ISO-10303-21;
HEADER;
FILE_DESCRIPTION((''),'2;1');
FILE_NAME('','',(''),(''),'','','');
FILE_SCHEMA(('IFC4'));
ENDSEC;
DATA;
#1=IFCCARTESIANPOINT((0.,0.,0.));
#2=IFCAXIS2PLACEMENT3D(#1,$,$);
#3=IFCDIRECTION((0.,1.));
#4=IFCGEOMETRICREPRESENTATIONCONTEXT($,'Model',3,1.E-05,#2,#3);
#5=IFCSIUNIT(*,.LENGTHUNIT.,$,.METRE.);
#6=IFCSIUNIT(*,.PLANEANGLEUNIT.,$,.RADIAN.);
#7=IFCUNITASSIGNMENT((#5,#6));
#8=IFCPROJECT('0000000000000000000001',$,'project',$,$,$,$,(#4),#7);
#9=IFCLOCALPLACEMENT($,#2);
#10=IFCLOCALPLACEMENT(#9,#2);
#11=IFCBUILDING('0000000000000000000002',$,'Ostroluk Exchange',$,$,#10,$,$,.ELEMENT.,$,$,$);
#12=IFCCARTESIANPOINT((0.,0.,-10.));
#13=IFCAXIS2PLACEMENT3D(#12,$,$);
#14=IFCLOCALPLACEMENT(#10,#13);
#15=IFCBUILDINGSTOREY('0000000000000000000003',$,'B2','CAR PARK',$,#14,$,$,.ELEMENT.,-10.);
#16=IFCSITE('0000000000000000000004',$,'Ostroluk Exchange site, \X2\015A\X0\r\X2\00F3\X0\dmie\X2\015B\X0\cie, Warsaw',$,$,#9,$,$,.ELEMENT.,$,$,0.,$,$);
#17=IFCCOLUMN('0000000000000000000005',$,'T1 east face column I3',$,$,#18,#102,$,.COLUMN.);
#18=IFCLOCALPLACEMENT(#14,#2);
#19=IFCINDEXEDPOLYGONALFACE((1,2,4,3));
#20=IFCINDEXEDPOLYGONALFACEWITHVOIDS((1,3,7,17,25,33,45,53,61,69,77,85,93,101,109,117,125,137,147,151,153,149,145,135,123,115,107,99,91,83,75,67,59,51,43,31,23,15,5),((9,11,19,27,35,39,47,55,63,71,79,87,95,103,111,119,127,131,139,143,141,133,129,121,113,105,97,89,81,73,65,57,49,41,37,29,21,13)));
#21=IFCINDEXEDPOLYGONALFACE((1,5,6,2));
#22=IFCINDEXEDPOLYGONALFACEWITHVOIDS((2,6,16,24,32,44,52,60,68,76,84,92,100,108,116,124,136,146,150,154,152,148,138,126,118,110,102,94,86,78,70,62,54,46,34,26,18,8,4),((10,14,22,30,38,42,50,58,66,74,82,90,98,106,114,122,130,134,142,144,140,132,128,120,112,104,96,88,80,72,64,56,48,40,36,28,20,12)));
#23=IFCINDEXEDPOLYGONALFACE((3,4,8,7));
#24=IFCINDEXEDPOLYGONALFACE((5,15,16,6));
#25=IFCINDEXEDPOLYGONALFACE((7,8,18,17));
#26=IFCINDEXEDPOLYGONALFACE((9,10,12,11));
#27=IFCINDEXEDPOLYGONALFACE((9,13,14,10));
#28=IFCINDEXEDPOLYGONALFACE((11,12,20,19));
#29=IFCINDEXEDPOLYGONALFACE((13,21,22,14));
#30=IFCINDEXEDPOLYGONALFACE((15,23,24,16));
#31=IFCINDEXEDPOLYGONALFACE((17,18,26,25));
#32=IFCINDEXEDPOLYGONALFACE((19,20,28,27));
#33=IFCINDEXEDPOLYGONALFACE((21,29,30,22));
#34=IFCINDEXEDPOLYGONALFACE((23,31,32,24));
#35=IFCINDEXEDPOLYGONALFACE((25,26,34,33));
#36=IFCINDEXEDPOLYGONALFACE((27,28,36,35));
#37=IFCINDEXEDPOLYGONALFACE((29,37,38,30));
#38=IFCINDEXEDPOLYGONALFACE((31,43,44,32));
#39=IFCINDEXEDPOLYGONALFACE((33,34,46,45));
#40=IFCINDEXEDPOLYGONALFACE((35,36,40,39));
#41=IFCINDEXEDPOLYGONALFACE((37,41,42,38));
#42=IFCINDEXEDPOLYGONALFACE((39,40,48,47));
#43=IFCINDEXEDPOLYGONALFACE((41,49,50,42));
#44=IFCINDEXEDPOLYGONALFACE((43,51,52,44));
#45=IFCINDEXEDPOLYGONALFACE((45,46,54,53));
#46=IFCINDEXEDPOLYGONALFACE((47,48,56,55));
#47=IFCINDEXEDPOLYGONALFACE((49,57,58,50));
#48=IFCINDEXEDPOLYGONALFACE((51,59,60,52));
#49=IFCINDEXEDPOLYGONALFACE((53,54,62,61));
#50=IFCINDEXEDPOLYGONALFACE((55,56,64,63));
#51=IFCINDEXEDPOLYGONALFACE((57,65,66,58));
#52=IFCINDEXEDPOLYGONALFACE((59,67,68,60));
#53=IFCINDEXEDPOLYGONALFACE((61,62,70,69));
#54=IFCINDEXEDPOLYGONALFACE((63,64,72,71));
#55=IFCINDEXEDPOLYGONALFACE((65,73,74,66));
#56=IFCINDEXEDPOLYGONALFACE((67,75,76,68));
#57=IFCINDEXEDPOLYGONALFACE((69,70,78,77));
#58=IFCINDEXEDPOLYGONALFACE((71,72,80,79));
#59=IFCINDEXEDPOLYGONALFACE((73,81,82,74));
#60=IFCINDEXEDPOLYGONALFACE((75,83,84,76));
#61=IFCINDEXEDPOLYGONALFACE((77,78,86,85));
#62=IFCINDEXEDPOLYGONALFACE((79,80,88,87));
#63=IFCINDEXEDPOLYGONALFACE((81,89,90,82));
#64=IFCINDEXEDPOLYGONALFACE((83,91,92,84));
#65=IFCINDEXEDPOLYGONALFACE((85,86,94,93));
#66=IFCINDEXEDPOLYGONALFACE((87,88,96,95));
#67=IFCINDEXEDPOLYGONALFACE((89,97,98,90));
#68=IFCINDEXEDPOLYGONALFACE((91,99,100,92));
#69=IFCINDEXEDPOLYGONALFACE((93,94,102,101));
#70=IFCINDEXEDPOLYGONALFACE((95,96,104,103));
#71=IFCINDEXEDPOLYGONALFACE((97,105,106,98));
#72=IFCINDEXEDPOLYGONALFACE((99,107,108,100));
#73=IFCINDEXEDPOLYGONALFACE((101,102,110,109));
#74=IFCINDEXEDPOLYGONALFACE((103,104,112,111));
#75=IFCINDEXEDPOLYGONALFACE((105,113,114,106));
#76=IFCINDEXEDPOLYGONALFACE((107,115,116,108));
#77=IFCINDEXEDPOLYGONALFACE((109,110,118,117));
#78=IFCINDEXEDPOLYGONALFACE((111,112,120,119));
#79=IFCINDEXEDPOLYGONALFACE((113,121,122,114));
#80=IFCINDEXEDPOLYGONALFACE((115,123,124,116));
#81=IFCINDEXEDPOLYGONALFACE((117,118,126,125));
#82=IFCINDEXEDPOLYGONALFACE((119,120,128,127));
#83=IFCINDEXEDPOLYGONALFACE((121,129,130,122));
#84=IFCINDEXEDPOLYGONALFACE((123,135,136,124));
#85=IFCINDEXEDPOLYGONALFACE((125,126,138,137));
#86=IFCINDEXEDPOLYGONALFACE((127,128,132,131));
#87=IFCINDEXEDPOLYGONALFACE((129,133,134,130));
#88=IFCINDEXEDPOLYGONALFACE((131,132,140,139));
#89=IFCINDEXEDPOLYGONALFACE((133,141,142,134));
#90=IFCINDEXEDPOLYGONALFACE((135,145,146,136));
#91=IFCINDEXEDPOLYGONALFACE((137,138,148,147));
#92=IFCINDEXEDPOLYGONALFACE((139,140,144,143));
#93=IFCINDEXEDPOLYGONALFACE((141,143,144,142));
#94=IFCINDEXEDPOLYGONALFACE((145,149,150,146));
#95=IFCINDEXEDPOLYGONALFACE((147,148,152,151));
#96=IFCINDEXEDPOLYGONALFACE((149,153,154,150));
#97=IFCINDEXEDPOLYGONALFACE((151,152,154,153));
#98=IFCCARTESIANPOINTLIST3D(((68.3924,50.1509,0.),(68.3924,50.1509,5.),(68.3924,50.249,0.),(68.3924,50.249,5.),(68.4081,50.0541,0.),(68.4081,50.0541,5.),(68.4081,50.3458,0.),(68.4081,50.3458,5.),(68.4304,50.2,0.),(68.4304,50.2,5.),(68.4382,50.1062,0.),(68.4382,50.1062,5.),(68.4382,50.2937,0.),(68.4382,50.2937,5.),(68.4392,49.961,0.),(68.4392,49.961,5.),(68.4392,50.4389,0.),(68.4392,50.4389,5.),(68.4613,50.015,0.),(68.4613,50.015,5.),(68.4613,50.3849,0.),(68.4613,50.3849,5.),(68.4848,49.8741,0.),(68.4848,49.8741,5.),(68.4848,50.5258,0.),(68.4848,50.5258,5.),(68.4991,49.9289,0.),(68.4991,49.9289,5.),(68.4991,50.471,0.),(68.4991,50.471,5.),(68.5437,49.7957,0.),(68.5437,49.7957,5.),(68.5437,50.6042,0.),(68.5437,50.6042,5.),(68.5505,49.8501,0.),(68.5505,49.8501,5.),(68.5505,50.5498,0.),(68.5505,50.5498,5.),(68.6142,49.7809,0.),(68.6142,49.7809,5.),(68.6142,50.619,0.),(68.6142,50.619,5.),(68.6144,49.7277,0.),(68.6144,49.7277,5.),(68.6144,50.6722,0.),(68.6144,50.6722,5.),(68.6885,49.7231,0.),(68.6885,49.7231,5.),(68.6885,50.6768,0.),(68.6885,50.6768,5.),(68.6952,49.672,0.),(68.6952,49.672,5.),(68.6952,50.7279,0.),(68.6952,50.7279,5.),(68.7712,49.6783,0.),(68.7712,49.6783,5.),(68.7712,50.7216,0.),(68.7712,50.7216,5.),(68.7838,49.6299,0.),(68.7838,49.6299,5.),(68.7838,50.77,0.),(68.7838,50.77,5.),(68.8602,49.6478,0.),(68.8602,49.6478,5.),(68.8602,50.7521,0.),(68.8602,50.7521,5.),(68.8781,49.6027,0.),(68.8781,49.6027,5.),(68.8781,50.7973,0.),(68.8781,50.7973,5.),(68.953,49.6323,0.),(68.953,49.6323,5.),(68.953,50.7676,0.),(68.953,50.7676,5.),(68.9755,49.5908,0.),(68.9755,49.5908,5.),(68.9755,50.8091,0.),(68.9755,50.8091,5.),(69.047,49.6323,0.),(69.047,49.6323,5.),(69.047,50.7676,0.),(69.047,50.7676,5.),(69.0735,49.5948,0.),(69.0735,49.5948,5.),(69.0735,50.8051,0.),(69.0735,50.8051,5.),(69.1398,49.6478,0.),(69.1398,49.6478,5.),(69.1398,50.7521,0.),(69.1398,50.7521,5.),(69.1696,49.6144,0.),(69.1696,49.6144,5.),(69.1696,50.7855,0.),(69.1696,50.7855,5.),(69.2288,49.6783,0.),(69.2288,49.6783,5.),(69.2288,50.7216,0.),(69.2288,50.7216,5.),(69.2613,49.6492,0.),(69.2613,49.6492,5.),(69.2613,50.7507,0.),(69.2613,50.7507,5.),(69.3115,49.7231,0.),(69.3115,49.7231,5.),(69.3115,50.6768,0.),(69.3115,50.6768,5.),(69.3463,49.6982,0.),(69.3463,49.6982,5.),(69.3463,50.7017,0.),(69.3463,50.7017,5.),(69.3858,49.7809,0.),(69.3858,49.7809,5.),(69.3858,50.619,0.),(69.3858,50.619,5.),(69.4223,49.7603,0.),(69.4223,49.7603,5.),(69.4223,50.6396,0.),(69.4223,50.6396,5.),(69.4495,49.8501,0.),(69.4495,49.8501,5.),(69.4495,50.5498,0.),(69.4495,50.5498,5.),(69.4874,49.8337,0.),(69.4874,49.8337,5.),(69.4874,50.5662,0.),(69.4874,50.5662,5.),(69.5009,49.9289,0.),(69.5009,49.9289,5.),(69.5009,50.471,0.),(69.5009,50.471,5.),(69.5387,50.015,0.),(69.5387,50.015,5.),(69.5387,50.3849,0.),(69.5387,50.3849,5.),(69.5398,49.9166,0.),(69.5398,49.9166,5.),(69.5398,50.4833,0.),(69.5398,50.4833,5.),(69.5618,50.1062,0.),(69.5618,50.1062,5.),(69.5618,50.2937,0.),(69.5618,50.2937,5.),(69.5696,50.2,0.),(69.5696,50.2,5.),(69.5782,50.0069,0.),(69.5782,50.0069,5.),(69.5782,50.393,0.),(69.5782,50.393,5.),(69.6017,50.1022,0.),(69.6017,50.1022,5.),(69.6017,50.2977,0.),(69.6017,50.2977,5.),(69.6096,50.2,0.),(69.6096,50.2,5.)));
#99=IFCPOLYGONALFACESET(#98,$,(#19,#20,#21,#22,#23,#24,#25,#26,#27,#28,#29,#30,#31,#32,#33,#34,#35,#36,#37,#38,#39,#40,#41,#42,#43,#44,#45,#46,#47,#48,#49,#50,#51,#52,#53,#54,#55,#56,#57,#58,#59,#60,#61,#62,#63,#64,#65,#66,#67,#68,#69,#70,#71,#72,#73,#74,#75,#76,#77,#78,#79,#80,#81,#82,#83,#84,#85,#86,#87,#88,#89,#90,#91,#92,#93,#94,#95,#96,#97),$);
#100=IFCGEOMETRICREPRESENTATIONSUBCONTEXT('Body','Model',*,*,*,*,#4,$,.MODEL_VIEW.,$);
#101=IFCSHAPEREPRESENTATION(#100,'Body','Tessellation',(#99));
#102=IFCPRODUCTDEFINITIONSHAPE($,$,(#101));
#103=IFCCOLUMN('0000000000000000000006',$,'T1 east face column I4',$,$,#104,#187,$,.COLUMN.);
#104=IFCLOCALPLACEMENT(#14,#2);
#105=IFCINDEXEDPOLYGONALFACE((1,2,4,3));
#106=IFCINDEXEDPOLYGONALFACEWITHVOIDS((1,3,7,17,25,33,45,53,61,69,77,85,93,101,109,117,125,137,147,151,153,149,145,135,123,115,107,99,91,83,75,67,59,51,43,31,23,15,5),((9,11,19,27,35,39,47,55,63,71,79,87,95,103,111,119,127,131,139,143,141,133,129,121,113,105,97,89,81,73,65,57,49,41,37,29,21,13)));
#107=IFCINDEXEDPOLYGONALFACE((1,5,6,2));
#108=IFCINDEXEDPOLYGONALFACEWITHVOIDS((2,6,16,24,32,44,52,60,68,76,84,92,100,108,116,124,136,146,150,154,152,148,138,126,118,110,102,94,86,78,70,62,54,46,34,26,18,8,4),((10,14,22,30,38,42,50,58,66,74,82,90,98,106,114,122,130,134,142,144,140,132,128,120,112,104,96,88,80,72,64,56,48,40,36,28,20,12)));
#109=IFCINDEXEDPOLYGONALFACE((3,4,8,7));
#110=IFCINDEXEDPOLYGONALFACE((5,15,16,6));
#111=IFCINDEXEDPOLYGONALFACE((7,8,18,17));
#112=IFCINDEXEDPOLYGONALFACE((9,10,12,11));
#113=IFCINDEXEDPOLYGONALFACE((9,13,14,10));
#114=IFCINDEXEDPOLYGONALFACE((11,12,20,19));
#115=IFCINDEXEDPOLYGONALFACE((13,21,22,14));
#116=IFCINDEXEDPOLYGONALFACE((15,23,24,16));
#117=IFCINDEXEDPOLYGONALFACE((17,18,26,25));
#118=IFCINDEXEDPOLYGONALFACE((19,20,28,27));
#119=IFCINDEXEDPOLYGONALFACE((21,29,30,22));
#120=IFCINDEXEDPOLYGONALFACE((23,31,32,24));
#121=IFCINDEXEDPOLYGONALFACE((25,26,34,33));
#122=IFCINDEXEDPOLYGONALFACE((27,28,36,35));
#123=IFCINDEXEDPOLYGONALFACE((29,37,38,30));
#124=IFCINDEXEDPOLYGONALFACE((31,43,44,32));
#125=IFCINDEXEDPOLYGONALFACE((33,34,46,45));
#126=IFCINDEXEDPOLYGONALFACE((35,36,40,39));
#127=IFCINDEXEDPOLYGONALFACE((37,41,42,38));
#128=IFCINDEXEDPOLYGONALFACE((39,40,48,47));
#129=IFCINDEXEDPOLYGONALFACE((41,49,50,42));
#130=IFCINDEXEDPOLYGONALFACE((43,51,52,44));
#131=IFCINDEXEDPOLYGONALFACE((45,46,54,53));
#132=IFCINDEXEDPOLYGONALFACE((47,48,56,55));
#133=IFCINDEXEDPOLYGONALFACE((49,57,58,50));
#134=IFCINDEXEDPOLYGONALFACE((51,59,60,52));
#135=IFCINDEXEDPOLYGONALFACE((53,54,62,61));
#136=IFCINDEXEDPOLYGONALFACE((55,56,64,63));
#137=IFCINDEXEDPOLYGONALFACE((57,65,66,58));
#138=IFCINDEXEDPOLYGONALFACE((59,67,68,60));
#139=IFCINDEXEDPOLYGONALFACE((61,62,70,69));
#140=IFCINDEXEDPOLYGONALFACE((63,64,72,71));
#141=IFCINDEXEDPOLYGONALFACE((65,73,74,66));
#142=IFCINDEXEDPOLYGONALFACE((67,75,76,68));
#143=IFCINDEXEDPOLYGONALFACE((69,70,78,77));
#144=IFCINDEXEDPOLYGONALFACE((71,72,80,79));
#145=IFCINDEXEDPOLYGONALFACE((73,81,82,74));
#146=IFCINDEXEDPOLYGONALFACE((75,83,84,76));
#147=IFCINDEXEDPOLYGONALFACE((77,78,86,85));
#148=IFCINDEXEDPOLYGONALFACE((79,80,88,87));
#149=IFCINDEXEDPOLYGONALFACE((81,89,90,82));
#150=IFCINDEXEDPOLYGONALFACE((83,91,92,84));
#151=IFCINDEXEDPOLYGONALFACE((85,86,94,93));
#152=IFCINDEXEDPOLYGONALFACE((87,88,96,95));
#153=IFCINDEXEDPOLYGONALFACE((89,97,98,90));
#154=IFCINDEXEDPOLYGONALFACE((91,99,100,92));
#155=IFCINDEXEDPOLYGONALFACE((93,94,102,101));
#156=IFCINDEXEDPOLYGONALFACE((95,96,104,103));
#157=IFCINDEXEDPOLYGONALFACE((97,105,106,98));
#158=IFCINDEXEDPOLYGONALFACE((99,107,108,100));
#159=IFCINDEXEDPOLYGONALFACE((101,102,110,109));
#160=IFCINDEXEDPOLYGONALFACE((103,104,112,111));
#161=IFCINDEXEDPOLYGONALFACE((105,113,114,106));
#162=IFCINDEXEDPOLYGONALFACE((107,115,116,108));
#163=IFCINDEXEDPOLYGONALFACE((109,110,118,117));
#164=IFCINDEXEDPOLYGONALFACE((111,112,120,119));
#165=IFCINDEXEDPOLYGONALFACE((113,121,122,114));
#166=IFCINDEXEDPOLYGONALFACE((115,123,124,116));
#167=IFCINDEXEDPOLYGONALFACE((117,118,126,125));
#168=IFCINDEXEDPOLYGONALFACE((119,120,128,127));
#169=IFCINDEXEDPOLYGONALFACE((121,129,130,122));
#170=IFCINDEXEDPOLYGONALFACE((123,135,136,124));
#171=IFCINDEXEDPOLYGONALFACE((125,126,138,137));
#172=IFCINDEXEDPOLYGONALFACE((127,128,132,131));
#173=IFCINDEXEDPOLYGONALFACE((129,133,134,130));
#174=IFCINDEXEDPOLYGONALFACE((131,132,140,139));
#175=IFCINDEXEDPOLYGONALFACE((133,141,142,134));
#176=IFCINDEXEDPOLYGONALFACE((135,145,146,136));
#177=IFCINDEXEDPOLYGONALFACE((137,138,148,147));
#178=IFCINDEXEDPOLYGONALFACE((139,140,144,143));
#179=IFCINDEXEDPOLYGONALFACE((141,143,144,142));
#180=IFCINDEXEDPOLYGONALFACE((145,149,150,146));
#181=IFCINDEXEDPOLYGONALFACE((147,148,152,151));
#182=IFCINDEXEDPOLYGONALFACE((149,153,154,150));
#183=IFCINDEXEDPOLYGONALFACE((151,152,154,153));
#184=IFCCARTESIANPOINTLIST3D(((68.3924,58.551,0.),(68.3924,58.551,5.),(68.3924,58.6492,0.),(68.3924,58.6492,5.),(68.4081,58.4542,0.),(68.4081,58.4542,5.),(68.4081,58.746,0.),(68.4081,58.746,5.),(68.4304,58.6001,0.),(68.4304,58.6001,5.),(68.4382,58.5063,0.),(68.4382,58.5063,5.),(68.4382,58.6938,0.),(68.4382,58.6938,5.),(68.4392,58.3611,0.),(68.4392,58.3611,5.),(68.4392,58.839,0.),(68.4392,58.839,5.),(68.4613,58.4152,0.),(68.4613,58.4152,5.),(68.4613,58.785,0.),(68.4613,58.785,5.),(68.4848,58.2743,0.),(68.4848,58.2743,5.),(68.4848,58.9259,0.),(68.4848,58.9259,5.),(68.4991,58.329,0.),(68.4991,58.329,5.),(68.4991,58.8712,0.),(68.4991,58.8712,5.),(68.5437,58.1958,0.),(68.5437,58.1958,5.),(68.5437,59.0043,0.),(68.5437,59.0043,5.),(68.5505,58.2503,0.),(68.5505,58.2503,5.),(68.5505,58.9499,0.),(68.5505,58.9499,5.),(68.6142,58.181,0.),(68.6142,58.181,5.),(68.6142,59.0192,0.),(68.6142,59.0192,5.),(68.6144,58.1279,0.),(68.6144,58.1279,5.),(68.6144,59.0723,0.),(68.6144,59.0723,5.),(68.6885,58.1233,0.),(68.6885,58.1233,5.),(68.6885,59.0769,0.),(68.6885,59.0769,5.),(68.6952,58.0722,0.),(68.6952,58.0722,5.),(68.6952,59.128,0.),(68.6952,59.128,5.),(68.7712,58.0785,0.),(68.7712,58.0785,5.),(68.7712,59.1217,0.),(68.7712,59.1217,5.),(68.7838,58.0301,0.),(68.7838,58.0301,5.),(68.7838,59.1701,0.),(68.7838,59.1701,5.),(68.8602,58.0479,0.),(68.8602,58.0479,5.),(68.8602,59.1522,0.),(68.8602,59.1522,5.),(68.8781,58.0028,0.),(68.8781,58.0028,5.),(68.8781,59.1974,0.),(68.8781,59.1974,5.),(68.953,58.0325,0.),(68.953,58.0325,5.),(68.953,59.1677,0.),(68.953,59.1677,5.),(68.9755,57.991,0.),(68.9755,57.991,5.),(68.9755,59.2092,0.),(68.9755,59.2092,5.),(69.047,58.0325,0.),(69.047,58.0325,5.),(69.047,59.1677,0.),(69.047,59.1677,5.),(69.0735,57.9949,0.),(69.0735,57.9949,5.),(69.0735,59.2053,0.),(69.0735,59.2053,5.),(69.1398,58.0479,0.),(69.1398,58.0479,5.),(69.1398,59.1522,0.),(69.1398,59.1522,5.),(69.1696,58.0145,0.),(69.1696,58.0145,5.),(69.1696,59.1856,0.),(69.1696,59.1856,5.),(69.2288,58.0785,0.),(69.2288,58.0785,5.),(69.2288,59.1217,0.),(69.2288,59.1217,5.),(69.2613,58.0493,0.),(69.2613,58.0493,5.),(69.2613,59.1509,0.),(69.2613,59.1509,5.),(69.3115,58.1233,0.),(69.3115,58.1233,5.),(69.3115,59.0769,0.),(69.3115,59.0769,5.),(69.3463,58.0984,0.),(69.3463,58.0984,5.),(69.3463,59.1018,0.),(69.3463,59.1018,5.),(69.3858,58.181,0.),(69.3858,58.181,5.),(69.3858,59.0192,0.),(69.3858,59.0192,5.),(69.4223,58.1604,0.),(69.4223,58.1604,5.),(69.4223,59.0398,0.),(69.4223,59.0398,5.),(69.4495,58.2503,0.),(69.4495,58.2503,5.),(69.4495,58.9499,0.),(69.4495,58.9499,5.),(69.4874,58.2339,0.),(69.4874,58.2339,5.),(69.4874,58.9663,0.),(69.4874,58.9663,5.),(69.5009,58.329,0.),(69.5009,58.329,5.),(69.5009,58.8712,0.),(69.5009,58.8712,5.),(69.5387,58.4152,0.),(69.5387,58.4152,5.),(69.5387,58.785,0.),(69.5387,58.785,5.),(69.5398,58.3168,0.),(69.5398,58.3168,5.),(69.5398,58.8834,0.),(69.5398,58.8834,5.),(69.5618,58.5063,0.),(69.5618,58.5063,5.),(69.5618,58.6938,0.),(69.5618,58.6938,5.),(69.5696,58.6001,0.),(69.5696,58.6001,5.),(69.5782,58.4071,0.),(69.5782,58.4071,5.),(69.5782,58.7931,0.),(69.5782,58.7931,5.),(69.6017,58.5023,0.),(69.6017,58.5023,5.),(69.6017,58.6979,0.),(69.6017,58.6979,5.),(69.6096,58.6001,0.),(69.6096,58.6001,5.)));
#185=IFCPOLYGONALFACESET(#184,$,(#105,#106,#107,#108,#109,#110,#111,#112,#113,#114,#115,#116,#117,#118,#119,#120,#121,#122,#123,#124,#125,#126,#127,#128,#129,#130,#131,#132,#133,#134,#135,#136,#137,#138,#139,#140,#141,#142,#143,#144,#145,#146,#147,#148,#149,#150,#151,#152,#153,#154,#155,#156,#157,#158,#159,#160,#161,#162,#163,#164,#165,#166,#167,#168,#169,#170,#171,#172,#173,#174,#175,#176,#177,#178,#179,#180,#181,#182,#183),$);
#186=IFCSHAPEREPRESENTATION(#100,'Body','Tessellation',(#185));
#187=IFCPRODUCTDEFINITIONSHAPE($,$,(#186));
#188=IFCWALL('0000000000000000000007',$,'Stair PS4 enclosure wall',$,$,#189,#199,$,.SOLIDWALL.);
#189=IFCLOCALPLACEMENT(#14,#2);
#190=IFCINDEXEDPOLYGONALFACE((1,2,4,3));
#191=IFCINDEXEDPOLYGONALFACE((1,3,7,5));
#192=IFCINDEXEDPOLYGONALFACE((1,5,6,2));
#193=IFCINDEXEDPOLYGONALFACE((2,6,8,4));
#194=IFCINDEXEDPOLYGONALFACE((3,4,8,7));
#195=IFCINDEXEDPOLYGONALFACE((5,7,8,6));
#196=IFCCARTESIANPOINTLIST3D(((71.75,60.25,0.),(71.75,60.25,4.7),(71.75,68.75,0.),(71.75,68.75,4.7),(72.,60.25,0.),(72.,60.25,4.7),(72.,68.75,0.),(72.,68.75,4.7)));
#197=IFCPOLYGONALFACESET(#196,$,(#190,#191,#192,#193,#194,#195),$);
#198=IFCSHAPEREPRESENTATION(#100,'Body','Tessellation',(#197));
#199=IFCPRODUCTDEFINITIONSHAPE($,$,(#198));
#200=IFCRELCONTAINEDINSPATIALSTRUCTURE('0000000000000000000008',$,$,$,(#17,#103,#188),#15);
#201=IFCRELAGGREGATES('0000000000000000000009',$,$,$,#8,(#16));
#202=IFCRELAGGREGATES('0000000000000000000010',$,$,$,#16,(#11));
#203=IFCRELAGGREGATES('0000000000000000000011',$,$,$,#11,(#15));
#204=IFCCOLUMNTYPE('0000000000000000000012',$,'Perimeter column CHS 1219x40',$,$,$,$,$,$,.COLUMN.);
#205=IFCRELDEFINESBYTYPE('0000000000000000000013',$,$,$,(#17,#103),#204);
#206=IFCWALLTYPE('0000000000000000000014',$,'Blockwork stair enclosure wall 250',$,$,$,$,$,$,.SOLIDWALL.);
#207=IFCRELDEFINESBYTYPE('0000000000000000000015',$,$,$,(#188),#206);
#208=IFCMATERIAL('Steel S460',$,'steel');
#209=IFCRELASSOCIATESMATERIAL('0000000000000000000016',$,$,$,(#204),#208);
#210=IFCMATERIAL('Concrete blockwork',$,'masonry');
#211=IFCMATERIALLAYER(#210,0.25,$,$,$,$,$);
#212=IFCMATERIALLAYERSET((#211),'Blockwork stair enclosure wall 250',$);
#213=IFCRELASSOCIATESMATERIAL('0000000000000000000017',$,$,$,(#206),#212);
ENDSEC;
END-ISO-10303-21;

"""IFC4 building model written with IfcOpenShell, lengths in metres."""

from ifc_helpers import new_model, si_unit, direction, frame, frame_2d, origin, origin_2d, place, context, subcontext, project, spatial, rectangle, hollow_circle, extrude, material, layer, layer_set, material_profile, profile_set, type_object, element, save


model = new_model("IFC4")

# Units and contexts
model_context = context("Model", 3, precision=1e-05, world=origin(), true_north=direction((0.0, 1.0)))
body_context = subcontext(model_context, "Body", "Model", "MODEL_VIEW")
ifc_project = project(units=[si_unit("LENGTHUNIT", "METRE"), si_unit("PLANEANGLEUNIT", "RADIAN")], contexts=[model_context])

# Site, building, storey
site_placement = place(None, origin())
site = spatial("IfcSite", under=ifc_project, at=site_placement, Name="Ostroluk Exchange site, Śródmieście, Warsaw", CompositionType="ELEMENT", RefElevation=0.0)
building_placement = place(site_placement, origin())
building = spatial("IfcBuilding", under=site, at=building_placement, Name="Ostroluk Exchange", CompositionType="ELEMENT")
storey_placement = place(building_placement, frame((0.0, 0.0, -10.0)))
storey = spatial("IfcBuildingStorey", under=building, at=storey_placement, Name="B2", Description="CAR PARK", CompositionType="ELEMENT", Elevation=-10.0)

# Columns
ifc_material_1 = material(Name="Steel S460", Category="steel")
ifc_material_profile = material_profile(ifc_material_1, hollow_circle(Radius=0.6096, WallThickness=0.04, at=origin_2d()), Name="CHS 1219x40")
ifc_profile_set = profile_set([ifc_material_profile], Name="Steel S460")
column_type = type_object("IfcColumnType", Name="Perimeter column CHS 1219x40", PredefinedType="COLUMN", material=ifc_profile_set)
for number, where, z_axis, x_axis, name in (
    (1, (69.0, 50.2, 0.0), (0.0, 0.0, 1.0), (1.0, 0.0, 0.0), "T1 east face column I3"),
    (2, (69.0, 58.6001, 0.0), (0.0, 0.0, 1.0), (1.0, 0.0, 0.0), "T1 east face column I4"),
):
    element("IfcColumn", number, at=place(storey_placement, frame(where, z_axis=z_axis, x_axis=x_axis)), inside=storey, type_object=column_type, Name=name, PredefinedType="COLUMN", context=body_context, shape_type="SweptSolid", body=[
        extrude(hollow_circle(Radius=0.6096, WallThickness=0.04, at=origin_2d()), origin(), (0.0, 0.0, 1.0), 5.0),
    ])

# Wall
ifc_material_2 = material(Name="Concrete blockwork", Category="masonry")
ifc_layer = layer(ifc_material_2, 0.25)
ifc_layer_set = layer_set([ifc_layer], Name="Blockwork stair enclosure wall 250")
wall_type = type_object("IfcWallType", Name="Blockwork stair enclosure wall 250", PredefinedType="SOLIDWALL", material=ifc_layer_set)
wall_placement = place(storey_placement, frame((71.875, 60.25, 0.0), z_axis=(0.0, 0.0, 1.0), x_axis=(0.0, 1.0, 0.0)))
element("IfcWall", 3, at=wall_placement, inside=storey, type_object=wall_type, Name="Stair PS4 enclosure wall", PredefinedType="SOLIDWALL", context=body_context, shape_type="SweptSolid", body=[
    extrude(rectangle(XDim=8.5, YDim=0.25, at=frame_2d((4.25, 0.0))), origin(), (0.0, 0.0, 1.0), 4.7),
])

save(model, "model.ifc")
